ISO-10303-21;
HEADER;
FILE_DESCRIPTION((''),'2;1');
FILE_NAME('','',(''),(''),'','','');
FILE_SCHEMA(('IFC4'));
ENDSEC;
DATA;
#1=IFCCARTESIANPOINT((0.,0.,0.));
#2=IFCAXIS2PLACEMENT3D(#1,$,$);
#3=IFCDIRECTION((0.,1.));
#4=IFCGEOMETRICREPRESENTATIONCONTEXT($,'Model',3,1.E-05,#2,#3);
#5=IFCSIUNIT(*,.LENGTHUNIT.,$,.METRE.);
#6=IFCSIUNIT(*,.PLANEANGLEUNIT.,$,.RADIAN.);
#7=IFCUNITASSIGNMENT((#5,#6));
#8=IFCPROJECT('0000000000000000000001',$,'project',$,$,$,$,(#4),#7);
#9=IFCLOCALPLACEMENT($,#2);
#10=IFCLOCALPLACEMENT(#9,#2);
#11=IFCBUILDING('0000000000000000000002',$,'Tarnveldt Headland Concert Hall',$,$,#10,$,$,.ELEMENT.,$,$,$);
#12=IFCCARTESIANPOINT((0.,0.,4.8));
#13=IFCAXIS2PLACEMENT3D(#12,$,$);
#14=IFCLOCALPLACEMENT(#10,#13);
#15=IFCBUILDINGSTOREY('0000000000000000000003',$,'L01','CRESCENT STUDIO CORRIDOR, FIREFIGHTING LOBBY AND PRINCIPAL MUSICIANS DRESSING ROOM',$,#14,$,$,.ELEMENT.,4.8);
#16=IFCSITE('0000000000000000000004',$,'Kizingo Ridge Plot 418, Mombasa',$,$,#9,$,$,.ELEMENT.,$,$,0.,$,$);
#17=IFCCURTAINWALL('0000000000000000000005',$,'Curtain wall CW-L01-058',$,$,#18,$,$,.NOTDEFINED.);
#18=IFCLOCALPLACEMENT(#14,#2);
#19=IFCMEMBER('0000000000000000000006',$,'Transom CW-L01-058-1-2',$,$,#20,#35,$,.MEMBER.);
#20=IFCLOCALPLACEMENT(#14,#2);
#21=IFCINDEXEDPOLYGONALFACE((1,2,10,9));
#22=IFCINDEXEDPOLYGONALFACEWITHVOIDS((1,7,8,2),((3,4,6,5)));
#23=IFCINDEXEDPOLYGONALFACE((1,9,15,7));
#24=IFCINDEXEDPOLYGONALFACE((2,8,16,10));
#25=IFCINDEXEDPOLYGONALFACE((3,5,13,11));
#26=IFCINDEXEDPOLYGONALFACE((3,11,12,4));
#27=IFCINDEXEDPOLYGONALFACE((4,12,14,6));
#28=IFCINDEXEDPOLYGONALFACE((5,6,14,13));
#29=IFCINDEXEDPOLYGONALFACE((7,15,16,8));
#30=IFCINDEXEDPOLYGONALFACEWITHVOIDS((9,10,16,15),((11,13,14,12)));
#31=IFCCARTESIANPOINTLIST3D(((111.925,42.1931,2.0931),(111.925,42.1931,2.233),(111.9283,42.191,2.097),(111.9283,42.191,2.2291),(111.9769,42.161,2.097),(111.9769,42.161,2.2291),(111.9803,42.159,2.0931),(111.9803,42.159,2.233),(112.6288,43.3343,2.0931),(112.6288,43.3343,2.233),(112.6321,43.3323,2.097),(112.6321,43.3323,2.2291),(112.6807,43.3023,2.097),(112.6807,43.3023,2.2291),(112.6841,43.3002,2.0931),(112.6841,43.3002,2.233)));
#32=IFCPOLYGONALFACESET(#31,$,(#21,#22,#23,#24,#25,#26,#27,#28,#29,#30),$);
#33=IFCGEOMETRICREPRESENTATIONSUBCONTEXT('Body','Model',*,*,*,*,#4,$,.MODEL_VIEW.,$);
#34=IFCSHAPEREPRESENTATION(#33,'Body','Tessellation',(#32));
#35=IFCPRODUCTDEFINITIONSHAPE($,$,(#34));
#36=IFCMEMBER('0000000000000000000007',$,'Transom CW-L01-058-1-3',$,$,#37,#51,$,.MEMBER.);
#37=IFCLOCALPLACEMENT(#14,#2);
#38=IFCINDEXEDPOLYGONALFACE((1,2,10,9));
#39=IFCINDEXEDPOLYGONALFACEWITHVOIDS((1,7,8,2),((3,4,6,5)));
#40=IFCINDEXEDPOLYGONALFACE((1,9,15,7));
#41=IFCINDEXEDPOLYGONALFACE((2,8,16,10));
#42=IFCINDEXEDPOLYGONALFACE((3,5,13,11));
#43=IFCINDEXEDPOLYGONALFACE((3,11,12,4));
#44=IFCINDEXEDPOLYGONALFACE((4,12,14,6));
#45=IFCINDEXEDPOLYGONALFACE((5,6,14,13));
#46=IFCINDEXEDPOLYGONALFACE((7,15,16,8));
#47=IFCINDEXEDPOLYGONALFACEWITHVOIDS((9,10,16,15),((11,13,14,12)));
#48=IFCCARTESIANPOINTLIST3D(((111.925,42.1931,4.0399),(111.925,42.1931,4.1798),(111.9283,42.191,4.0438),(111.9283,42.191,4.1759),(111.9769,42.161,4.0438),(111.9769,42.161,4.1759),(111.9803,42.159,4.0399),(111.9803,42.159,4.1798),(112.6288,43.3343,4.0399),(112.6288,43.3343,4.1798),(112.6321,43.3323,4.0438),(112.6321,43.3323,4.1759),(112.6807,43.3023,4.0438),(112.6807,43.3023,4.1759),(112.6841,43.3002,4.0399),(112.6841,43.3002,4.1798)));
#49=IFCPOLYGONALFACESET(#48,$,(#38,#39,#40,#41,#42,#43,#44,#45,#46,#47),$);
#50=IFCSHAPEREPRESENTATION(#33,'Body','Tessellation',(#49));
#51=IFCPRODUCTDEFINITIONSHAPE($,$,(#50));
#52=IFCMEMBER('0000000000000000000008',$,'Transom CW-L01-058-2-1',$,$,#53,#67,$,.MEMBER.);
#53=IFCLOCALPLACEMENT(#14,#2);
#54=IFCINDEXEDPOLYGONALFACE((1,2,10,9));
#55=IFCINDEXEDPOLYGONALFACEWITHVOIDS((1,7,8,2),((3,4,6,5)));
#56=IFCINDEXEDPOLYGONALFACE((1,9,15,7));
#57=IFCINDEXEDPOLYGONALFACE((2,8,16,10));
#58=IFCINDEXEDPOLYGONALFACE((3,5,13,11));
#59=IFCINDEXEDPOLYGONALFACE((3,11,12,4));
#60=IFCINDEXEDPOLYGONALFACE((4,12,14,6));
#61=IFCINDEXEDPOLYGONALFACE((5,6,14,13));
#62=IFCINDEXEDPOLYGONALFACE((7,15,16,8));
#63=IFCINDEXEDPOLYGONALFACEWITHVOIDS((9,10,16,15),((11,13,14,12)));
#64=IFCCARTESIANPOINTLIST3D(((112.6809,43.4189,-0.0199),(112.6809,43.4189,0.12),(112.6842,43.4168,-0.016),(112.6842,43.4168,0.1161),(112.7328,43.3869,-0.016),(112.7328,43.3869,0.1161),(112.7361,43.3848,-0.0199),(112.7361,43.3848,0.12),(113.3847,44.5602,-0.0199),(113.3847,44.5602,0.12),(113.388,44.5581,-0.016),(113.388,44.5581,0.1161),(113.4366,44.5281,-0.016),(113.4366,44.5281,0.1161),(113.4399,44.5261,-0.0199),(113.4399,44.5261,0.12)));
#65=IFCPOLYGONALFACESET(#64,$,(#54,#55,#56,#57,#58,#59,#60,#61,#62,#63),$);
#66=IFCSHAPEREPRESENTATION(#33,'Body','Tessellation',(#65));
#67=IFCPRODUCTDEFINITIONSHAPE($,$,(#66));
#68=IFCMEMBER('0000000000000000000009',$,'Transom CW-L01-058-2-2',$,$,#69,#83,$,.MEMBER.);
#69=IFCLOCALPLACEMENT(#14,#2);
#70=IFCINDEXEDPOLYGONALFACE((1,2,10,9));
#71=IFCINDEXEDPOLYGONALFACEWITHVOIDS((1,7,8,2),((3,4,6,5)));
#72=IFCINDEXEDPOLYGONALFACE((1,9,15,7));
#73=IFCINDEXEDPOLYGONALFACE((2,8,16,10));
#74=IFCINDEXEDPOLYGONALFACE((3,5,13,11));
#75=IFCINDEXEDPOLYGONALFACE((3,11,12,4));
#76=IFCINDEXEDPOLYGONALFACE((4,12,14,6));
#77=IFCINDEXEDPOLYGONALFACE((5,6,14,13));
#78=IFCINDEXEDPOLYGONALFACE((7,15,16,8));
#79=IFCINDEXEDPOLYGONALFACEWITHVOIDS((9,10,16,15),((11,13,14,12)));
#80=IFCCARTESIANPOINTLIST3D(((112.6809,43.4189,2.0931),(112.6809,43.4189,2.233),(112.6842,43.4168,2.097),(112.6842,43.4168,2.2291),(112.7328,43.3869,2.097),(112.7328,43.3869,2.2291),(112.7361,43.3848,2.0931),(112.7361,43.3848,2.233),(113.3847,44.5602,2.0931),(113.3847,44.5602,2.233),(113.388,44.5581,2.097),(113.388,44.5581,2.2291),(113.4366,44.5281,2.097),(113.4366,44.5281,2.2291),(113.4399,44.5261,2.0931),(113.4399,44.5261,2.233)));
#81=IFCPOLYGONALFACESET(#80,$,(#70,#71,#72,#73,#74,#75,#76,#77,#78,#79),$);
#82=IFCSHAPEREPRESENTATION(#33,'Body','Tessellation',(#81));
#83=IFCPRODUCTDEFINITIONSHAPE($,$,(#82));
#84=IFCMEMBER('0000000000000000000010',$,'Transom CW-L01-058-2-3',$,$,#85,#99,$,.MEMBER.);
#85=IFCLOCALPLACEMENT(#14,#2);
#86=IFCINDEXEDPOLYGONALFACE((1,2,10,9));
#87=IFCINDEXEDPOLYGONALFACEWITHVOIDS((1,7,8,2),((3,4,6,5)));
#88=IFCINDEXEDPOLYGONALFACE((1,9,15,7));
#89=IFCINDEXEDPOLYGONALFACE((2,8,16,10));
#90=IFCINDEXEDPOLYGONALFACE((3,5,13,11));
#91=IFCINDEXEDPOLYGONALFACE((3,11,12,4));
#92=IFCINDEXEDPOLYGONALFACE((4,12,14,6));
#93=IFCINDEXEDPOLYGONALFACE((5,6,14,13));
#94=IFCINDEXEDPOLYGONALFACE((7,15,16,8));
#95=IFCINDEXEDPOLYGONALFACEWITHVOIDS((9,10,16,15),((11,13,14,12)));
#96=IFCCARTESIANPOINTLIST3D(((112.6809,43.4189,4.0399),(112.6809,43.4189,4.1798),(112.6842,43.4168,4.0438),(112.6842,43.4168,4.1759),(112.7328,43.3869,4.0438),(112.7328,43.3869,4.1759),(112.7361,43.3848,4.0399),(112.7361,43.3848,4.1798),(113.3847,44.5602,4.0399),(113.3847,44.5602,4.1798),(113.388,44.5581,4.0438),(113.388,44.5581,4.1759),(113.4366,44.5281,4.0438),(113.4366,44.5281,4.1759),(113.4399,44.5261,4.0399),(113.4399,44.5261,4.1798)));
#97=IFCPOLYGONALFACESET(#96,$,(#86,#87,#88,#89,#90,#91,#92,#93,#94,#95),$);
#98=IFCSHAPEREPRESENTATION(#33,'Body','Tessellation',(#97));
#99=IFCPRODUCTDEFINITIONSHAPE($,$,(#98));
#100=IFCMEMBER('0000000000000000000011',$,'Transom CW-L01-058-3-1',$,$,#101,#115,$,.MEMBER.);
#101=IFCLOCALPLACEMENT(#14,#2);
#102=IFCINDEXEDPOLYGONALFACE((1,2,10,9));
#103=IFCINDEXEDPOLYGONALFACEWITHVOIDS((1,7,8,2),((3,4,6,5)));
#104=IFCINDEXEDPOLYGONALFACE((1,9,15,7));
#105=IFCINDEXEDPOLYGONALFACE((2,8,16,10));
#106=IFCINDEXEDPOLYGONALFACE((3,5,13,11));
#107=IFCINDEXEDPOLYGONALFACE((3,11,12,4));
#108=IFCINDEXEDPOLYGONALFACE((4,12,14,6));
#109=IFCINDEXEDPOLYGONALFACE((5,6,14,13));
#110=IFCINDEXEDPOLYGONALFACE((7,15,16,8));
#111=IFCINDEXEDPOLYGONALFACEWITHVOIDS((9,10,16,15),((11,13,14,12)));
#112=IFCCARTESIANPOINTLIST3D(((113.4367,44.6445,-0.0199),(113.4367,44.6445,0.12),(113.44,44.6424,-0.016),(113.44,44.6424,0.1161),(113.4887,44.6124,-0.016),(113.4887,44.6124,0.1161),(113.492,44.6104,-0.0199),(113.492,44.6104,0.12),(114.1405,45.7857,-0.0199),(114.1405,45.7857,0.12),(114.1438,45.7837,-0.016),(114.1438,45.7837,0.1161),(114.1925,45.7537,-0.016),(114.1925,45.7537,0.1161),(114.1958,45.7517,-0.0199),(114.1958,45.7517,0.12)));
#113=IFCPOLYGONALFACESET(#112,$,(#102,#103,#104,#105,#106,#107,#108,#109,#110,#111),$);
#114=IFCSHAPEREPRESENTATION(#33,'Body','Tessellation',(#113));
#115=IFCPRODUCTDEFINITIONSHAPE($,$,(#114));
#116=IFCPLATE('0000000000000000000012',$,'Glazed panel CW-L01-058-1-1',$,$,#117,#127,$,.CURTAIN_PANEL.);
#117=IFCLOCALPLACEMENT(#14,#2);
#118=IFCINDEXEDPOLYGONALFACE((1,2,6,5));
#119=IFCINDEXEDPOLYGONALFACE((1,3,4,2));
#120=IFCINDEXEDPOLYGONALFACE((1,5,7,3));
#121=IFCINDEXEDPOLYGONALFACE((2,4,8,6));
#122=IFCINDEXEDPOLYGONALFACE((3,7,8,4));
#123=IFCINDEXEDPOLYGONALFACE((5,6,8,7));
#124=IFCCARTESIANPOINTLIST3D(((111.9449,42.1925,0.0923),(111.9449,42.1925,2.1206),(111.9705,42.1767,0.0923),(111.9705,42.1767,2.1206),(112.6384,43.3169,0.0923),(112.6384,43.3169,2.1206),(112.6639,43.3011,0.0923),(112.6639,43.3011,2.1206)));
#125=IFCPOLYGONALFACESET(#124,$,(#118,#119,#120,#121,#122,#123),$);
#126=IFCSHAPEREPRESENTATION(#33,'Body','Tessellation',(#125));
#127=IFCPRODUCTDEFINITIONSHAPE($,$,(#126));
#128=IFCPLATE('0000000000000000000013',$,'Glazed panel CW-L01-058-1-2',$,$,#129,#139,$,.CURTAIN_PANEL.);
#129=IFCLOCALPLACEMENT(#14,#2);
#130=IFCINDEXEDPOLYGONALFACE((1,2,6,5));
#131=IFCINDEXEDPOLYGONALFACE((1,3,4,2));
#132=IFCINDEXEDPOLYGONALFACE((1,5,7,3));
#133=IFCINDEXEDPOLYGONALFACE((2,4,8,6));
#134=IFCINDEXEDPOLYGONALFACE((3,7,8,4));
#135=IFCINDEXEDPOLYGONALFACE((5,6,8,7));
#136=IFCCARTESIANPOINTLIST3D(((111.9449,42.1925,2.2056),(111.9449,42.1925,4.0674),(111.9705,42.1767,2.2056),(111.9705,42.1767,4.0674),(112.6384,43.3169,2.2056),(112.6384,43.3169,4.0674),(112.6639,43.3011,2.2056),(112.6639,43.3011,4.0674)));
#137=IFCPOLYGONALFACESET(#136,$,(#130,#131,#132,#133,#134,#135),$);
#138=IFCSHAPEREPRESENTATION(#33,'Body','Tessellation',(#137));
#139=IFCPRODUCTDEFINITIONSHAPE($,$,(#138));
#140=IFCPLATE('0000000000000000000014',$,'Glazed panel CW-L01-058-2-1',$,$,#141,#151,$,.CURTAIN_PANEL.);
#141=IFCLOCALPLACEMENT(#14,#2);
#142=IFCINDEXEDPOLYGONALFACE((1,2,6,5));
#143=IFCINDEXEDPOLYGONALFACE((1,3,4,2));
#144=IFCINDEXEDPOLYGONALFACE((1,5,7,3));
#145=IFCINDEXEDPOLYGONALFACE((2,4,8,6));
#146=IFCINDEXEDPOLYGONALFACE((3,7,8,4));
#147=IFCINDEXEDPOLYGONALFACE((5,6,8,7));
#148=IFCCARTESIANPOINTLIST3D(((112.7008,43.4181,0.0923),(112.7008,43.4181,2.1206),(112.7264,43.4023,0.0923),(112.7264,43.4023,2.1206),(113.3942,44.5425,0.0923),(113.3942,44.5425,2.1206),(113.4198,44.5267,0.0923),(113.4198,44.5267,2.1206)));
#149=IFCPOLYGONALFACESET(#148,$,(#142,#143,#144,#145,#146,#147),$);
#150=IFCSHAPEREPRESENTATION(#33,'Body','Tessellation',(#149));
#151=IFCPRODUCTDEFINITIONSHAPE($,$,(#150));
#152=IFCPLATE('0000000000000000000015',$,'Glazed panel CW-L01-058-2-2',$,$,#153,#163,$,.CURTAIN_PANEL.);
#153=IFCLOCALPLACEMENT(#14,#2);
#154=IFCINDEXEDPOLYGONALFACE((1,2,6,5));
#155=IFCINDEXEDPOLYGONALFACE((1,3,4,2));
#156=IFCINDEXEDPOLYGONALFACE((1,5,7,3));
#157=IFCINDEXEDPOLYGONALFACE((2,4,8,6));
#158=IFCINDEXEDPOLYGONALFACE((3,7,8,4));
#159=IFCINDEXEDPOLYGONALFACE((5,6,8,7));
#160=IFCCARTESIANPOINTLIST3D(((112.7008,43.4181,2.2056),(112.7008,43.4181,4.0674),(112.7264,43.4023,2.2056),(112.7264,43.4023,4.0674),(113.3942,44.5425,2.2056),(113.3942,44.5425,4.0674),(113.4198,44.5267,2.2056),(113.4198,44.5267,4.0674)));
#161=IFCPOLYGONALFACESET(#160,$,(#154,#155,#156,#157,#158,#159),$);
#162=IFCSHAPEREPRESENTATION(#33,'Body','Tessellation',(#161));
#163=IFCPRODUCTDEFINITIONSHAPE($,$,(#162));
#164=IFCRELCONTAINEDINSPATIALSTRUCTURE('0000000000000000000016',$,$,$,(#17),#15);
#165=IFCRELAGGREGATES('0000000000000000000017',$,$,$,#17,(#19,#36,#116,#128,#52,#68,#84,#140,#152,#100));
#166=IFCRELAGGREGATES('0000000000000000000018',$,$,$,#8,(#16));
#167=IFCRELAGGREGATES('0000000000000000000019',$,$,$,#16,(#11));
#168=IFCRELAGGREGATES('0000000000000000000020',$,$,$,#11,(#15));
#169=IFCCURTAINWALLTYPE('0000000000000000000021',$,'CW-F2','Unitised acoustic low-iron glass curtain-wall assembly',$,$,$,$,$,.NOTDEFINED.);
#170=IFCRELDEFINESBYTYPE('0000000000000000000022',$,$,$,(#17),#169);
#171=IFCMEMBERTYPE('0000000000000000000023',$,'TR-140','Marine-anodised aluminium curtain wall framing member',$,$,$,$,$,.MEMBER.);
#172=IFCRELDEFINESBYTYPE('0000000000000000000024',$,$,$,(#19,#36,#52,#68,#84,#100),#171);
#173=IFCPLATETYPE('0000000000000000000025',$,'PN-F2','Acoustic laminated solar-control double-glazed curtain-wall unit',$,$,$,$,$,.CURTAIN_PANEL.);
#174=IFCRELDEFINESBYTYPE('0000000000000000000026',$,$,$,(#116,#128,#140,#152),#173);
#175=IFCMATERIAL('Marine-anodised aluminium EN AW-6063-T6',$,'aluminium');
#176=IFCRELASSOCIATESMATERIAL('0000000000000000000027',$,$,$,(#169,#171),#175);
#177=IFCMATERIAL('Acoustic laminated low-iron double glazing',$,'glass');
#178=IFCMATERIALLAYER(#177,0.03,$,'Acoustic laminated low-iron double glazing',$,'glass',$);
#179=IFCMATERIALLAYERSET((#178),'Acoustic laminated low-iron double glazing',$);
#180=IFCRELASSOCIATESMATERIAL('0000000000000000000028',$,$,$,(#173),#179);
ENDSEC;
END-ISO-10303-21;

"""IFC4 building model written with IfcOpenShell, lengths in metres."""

from ifc_helpers import new_model, si_unit, direction, frame, origin, origin_2d, place, context, subcontext, project, spatial, rectangle, hollow_rectangle, extrude, material, layer, layer_set, material_profile, profile_set, type_object, element, aggregate, save


model = new_model("IFC4")

# Units and contexts
model_context = context("Model", 3, precision=1e-05, world=origin(), true_north=direction((0.0, 1.0)))
body_context = subcontext(model_context, "Body", "Model", "MODEL_VIEW")
ifc_project = project(units=[si_unit("LENGTHUNIT", "METRE"), si_unit("PLANEANGLEUNIT", "RADIAN")], contexts=[model_context])

# Site, building, storey
site_placement = place(None, origin())
site = spatial("IfcSite", under=ifc_project, at=site_placement, Name="Kizingo Ridge Plot 418, Mombasa", CompositionType="ELEMENT", RefElevation=0.0)
building_placement = place(site_placement, origin())
building = spatial("IfcBuilding", under=site, at=building_placement, Name="Tarnveldt Headland Concert Hall", CompositionType="ELEMENT")
storey_placement = place(building_placement, frame((0.0, 0.0, 4.8)))
storey = spatial("IfcBuildingStorey", under=building, at=storey_placement, Name="L01", Description="CRESCENT STUDIO CORRIDOR, FIREFIGHTING LOBBY AND PRINCIPAL MUSICIANS DRESSING ROOM", CompositionType="ELEMENT", Elevation=4.8)

# Shared definitions
ifc_material_1 = material(Name="Marine-anodised aluminium EN AW-6063-T6", Category="aluminium")
curtain_wall_type = type_object("IfcCurtainWallType", Name="CW-F2", Description="Unitised acoustic low-iron glass curtain-wall assembly", PredefinedType="NOTDEFINED", material=ifc_material_1)

# Curtain wall
curtain_wall_1_placement = place(storey_placement, origin())
curtain_wall_1 = element("IfcCurtainWall", 1, at=curtain_wall_1_placement, inside=storey, type_object=curtain_wall_type, Name="Curtain wall CW-L01-058", PredefinedType="NOTDEFINED")

# Members
ifc_material_profile_1 = material_profile(ifc_material_1, hollow_rectangle(XDim=0.0649, YDim=0.1399, WallThickness=0.0039, at=origin_2d()), Name="ALU TRANSOM 65x140x4", Category="aluminium")
ifc_profile_set_1 = profile_set([ifc_material_profile_1], Name="Marine-anodised aluminium EN AW-6063-T6")
member_type_1 = type_object("IfcMemberType", Name="TR-140", Description="Marine-anodised aluminium curtain wall framing member", PredefinedType="MEMBER", material=ifc_profile_set_1)
member_1_placement = place(storey_placement, frame((111.9526, 42.176, 2.1631), z_axis=(0.5249, 0.851164, 0.0), x_axis=(-0.851164, 0.5249, 0.0)))
member_1 = element("IfcMember", 2, at=member_1_placement, type_object=member_type_1, Name="Transom CW-L01-058-1-2", PredefinedType="MEMBER", context=body_context, shape_type="SweptSolid", body=[
    extrude(hollow_rectangle(XDim=0.0649, YDim=0.1399, WallThickness=0.0039, at=origin_2d()), origin(), (0.0, 0.0, 1.0), 1.3408),
])
member_2_placement = place(storey_placement, frame((111.9526, 42.176, 4.1099), z_axis=(0.5249, 0.851164, 0.0), x_axis=(-0.851164, 0.5249, 0.0)))
member_2 = element("IfcMember", 3, at=member_2_placement, type_object=member_type_1, Name="Transom CW-L01-058-1-3", PredefinedType="MEMBER", context=body_context, shape_type="SweptSolid", body=[
    extrude(hollow_rectangle(XDim=0.0649, YDim=0.1399, WallThickness=0.0039, at=origin_2d()), origin(), (0.0, 0.0, 1.0), 1.3408),
])
member_3_placement = place(storey_placement, frame((112.7085, 43.4019, 0.05), z_axis=(0.5249, 0.851164, 0.0), x_axis=(-0.851164, 0.5249, 0.0)))
member_3 = element("IfcMember", 4, at=member_3_placement, type_object=member_type_1, Name="Transom CW-L01-058-2-1", PredefinedType="MEMBER", context=body_context, shape_type="SweptSolid", body=[
    extrude(hollow_rectangle(XDim=0.0649, YDim=0.1399, WallThickness=0.0039, at=origin_2d()), origin(), (0.0, 0.0, 1.0), 1.3408),
])
member_4_placement = place(storey_placement, frame((112.7085, 43.4019, 2.1631), z_axis=(0.5249, 0.851164, 0.0), x_axis=(-0.851164, 0.5249, 0.0)))
member_4 = element("IfcMember", 5, at=member_4_placement, type_object=member_type_1, Name="Transom CW-L01-058-2-2", PredefinedType="MEMBER", context=body_context, shape_type="SweptSolid", body=[
    extrude(hollow_rectangle(XDim=0.0649, YDim=0.1399, WallThickness=0.0039, at=origin_2d()), origin(), (0.0, 0.0, 1.0), 1.3408),
])
member_5_placement = place(storey_placement, frame((112.7085, 43.4019, 4.1099), z_axis=(0.5249, 0.851164, 0.0), x_axis=(-0.851164, 0.5249, 0.0)))
member_5 = element("IfcMember", 6, at=member_5_placement, type_object=member_type_1, Name="Transom CW-L01-058-2-3", PredefinedType="MEMBER", context=body_context, shape_type="SweptSolid", body=[
    extrude(hollow_rectangle(XDim=0.0649, YDim=0.1399, WallThickness=0.0039, at=origin_2d()), origin(), (0.0, 0.0, 1.0), 1.3408),
])
member_6_placement = place(storey_placement, frame((113.4644, 44.6274, 0.05), z_axis=(0.5249, 0.851164, 0.0), x_axis=(-0.851164, 0.5249, 0.0)))
member_6 = element("IfcMember", 7, at=member_6_placement, type_object=member_type_1, Name="Transom CW-L01-058-3-1", PredefinedType="MEMBER", context=body_context, shape_type="SweptSolid", body=[
    extrude(hollow_rectangle(XDim=0.0649, YDim=0.1399, WallThickness=0.0039, at=origin_2d()), origin(), (0.0, 0.0, 1.0), 1.3408),
])

# Plates
ifc_material_2 = material(Name="Acoustic laminated low-iron double glazing", Category="glass")
ifc_layer_1 = layer(ifc_material_2, 0.03, Name="Acoustic laminated low-iron double glazing", Category="glass")
ifc_layer_set_1 = layer_set([ifc_layer_1], Name="Acoustic laminated low-iron double glazing")
plate_type = type_object("IfcPlateType", Name="PN-F2", Description="Acoustic laminated solar-control double-glazed curtain-wall unit", PredefinedType="CURTAIN_PANEL", material=ifc_layer_set_1)
plate_1_placement = place(storey_placement, frame((112.3044, 42.7468, 0.0923), z_axis=(0.0, 0.0, 1.0), x_axis=(0.524922, 0.85115, 0.0)))
plate_1 = element("IfcPlate", 8, at=plate_1_placement, type_object=plate_type, Name="Glazed panel CW-L01-058-1-1", PredefinedType="CURTAIN_PANEL", context=body_context, shape_type="SweptSolid", body=[
    extrude(rectangle(XDim=1.321, YDim=0.03, at=origin_2d()), origin(), (0.0, 0.0, 1.0), 2.0283),
])
plate_2_placement = place(storey_placement, frame((112.3044, 42.7468, 2.2056), z_axis=(0.0, 0.0, 1.0), x_axis=(0.524922, 0.85115, 0.0)))
plate_2 = element("IfcPlate", 9, at=plate_2_placement, type_object=plate_type, Name="Glazed panel CW-L01-058-1-2", PredefinedType="CURTAIN_PANEL", context=body_context, shape_type="SweptSolid", body=[
    extrude(rectangle(XDim=1.321, YDim=0.03, at=origin_2d()), origin(), (0.0, 0.0, 1.0), 1.8618),
])
plate_3_placement = place(storey_placement, frame((113.0603, 43.9724, 0.0923), z_axis=(0.0, 0.0, 1.0), x_axis=(0.524922, 0.85115, 0.0)))
plate_3 = element("IfcPlate", 10, at=plate_3_placement, type_object=plate_type, Name="Glazed panel CW-L01-058-2-1", PredefinedType="CURTAIN_PANEL", context=body_context, shape_type="SweptSolid", body=[
    extrude(rectangle(XDim=1.321, YDim=0.03, at=origin_2d()), origin(), (0.0, 0.0, 1.0), 2.0283),
])
plate_4_placement = place(storey_placement, frame((113.0603, 43.9724, 2.2056), z_axis=(0.0, 0.0, 1.0), x_axis=(0.524922, 0.85115, 0.0)))
plate_4 = element("IfcPlate", 11, at=plate_4_placement, type_object=plate_type, Name="Glazed panel CW-L01-058-2-2", PredefinedType="CURTAIN_PANEL", context=body_context, shape_type="SweptSolid", body=[
    extrude(rectangle(XDim=1.321, YDim=0.03, at=origin_2d()), origin(), (0.0, 0.0, 1.0), 1.8618),
])
aggregate(curtain_wall_1, [member_1, member_2, plate_1, plate_2, member_3, member_4, member_5, plate_3, plate_4, member_6])

save(model, "model.ifc")
